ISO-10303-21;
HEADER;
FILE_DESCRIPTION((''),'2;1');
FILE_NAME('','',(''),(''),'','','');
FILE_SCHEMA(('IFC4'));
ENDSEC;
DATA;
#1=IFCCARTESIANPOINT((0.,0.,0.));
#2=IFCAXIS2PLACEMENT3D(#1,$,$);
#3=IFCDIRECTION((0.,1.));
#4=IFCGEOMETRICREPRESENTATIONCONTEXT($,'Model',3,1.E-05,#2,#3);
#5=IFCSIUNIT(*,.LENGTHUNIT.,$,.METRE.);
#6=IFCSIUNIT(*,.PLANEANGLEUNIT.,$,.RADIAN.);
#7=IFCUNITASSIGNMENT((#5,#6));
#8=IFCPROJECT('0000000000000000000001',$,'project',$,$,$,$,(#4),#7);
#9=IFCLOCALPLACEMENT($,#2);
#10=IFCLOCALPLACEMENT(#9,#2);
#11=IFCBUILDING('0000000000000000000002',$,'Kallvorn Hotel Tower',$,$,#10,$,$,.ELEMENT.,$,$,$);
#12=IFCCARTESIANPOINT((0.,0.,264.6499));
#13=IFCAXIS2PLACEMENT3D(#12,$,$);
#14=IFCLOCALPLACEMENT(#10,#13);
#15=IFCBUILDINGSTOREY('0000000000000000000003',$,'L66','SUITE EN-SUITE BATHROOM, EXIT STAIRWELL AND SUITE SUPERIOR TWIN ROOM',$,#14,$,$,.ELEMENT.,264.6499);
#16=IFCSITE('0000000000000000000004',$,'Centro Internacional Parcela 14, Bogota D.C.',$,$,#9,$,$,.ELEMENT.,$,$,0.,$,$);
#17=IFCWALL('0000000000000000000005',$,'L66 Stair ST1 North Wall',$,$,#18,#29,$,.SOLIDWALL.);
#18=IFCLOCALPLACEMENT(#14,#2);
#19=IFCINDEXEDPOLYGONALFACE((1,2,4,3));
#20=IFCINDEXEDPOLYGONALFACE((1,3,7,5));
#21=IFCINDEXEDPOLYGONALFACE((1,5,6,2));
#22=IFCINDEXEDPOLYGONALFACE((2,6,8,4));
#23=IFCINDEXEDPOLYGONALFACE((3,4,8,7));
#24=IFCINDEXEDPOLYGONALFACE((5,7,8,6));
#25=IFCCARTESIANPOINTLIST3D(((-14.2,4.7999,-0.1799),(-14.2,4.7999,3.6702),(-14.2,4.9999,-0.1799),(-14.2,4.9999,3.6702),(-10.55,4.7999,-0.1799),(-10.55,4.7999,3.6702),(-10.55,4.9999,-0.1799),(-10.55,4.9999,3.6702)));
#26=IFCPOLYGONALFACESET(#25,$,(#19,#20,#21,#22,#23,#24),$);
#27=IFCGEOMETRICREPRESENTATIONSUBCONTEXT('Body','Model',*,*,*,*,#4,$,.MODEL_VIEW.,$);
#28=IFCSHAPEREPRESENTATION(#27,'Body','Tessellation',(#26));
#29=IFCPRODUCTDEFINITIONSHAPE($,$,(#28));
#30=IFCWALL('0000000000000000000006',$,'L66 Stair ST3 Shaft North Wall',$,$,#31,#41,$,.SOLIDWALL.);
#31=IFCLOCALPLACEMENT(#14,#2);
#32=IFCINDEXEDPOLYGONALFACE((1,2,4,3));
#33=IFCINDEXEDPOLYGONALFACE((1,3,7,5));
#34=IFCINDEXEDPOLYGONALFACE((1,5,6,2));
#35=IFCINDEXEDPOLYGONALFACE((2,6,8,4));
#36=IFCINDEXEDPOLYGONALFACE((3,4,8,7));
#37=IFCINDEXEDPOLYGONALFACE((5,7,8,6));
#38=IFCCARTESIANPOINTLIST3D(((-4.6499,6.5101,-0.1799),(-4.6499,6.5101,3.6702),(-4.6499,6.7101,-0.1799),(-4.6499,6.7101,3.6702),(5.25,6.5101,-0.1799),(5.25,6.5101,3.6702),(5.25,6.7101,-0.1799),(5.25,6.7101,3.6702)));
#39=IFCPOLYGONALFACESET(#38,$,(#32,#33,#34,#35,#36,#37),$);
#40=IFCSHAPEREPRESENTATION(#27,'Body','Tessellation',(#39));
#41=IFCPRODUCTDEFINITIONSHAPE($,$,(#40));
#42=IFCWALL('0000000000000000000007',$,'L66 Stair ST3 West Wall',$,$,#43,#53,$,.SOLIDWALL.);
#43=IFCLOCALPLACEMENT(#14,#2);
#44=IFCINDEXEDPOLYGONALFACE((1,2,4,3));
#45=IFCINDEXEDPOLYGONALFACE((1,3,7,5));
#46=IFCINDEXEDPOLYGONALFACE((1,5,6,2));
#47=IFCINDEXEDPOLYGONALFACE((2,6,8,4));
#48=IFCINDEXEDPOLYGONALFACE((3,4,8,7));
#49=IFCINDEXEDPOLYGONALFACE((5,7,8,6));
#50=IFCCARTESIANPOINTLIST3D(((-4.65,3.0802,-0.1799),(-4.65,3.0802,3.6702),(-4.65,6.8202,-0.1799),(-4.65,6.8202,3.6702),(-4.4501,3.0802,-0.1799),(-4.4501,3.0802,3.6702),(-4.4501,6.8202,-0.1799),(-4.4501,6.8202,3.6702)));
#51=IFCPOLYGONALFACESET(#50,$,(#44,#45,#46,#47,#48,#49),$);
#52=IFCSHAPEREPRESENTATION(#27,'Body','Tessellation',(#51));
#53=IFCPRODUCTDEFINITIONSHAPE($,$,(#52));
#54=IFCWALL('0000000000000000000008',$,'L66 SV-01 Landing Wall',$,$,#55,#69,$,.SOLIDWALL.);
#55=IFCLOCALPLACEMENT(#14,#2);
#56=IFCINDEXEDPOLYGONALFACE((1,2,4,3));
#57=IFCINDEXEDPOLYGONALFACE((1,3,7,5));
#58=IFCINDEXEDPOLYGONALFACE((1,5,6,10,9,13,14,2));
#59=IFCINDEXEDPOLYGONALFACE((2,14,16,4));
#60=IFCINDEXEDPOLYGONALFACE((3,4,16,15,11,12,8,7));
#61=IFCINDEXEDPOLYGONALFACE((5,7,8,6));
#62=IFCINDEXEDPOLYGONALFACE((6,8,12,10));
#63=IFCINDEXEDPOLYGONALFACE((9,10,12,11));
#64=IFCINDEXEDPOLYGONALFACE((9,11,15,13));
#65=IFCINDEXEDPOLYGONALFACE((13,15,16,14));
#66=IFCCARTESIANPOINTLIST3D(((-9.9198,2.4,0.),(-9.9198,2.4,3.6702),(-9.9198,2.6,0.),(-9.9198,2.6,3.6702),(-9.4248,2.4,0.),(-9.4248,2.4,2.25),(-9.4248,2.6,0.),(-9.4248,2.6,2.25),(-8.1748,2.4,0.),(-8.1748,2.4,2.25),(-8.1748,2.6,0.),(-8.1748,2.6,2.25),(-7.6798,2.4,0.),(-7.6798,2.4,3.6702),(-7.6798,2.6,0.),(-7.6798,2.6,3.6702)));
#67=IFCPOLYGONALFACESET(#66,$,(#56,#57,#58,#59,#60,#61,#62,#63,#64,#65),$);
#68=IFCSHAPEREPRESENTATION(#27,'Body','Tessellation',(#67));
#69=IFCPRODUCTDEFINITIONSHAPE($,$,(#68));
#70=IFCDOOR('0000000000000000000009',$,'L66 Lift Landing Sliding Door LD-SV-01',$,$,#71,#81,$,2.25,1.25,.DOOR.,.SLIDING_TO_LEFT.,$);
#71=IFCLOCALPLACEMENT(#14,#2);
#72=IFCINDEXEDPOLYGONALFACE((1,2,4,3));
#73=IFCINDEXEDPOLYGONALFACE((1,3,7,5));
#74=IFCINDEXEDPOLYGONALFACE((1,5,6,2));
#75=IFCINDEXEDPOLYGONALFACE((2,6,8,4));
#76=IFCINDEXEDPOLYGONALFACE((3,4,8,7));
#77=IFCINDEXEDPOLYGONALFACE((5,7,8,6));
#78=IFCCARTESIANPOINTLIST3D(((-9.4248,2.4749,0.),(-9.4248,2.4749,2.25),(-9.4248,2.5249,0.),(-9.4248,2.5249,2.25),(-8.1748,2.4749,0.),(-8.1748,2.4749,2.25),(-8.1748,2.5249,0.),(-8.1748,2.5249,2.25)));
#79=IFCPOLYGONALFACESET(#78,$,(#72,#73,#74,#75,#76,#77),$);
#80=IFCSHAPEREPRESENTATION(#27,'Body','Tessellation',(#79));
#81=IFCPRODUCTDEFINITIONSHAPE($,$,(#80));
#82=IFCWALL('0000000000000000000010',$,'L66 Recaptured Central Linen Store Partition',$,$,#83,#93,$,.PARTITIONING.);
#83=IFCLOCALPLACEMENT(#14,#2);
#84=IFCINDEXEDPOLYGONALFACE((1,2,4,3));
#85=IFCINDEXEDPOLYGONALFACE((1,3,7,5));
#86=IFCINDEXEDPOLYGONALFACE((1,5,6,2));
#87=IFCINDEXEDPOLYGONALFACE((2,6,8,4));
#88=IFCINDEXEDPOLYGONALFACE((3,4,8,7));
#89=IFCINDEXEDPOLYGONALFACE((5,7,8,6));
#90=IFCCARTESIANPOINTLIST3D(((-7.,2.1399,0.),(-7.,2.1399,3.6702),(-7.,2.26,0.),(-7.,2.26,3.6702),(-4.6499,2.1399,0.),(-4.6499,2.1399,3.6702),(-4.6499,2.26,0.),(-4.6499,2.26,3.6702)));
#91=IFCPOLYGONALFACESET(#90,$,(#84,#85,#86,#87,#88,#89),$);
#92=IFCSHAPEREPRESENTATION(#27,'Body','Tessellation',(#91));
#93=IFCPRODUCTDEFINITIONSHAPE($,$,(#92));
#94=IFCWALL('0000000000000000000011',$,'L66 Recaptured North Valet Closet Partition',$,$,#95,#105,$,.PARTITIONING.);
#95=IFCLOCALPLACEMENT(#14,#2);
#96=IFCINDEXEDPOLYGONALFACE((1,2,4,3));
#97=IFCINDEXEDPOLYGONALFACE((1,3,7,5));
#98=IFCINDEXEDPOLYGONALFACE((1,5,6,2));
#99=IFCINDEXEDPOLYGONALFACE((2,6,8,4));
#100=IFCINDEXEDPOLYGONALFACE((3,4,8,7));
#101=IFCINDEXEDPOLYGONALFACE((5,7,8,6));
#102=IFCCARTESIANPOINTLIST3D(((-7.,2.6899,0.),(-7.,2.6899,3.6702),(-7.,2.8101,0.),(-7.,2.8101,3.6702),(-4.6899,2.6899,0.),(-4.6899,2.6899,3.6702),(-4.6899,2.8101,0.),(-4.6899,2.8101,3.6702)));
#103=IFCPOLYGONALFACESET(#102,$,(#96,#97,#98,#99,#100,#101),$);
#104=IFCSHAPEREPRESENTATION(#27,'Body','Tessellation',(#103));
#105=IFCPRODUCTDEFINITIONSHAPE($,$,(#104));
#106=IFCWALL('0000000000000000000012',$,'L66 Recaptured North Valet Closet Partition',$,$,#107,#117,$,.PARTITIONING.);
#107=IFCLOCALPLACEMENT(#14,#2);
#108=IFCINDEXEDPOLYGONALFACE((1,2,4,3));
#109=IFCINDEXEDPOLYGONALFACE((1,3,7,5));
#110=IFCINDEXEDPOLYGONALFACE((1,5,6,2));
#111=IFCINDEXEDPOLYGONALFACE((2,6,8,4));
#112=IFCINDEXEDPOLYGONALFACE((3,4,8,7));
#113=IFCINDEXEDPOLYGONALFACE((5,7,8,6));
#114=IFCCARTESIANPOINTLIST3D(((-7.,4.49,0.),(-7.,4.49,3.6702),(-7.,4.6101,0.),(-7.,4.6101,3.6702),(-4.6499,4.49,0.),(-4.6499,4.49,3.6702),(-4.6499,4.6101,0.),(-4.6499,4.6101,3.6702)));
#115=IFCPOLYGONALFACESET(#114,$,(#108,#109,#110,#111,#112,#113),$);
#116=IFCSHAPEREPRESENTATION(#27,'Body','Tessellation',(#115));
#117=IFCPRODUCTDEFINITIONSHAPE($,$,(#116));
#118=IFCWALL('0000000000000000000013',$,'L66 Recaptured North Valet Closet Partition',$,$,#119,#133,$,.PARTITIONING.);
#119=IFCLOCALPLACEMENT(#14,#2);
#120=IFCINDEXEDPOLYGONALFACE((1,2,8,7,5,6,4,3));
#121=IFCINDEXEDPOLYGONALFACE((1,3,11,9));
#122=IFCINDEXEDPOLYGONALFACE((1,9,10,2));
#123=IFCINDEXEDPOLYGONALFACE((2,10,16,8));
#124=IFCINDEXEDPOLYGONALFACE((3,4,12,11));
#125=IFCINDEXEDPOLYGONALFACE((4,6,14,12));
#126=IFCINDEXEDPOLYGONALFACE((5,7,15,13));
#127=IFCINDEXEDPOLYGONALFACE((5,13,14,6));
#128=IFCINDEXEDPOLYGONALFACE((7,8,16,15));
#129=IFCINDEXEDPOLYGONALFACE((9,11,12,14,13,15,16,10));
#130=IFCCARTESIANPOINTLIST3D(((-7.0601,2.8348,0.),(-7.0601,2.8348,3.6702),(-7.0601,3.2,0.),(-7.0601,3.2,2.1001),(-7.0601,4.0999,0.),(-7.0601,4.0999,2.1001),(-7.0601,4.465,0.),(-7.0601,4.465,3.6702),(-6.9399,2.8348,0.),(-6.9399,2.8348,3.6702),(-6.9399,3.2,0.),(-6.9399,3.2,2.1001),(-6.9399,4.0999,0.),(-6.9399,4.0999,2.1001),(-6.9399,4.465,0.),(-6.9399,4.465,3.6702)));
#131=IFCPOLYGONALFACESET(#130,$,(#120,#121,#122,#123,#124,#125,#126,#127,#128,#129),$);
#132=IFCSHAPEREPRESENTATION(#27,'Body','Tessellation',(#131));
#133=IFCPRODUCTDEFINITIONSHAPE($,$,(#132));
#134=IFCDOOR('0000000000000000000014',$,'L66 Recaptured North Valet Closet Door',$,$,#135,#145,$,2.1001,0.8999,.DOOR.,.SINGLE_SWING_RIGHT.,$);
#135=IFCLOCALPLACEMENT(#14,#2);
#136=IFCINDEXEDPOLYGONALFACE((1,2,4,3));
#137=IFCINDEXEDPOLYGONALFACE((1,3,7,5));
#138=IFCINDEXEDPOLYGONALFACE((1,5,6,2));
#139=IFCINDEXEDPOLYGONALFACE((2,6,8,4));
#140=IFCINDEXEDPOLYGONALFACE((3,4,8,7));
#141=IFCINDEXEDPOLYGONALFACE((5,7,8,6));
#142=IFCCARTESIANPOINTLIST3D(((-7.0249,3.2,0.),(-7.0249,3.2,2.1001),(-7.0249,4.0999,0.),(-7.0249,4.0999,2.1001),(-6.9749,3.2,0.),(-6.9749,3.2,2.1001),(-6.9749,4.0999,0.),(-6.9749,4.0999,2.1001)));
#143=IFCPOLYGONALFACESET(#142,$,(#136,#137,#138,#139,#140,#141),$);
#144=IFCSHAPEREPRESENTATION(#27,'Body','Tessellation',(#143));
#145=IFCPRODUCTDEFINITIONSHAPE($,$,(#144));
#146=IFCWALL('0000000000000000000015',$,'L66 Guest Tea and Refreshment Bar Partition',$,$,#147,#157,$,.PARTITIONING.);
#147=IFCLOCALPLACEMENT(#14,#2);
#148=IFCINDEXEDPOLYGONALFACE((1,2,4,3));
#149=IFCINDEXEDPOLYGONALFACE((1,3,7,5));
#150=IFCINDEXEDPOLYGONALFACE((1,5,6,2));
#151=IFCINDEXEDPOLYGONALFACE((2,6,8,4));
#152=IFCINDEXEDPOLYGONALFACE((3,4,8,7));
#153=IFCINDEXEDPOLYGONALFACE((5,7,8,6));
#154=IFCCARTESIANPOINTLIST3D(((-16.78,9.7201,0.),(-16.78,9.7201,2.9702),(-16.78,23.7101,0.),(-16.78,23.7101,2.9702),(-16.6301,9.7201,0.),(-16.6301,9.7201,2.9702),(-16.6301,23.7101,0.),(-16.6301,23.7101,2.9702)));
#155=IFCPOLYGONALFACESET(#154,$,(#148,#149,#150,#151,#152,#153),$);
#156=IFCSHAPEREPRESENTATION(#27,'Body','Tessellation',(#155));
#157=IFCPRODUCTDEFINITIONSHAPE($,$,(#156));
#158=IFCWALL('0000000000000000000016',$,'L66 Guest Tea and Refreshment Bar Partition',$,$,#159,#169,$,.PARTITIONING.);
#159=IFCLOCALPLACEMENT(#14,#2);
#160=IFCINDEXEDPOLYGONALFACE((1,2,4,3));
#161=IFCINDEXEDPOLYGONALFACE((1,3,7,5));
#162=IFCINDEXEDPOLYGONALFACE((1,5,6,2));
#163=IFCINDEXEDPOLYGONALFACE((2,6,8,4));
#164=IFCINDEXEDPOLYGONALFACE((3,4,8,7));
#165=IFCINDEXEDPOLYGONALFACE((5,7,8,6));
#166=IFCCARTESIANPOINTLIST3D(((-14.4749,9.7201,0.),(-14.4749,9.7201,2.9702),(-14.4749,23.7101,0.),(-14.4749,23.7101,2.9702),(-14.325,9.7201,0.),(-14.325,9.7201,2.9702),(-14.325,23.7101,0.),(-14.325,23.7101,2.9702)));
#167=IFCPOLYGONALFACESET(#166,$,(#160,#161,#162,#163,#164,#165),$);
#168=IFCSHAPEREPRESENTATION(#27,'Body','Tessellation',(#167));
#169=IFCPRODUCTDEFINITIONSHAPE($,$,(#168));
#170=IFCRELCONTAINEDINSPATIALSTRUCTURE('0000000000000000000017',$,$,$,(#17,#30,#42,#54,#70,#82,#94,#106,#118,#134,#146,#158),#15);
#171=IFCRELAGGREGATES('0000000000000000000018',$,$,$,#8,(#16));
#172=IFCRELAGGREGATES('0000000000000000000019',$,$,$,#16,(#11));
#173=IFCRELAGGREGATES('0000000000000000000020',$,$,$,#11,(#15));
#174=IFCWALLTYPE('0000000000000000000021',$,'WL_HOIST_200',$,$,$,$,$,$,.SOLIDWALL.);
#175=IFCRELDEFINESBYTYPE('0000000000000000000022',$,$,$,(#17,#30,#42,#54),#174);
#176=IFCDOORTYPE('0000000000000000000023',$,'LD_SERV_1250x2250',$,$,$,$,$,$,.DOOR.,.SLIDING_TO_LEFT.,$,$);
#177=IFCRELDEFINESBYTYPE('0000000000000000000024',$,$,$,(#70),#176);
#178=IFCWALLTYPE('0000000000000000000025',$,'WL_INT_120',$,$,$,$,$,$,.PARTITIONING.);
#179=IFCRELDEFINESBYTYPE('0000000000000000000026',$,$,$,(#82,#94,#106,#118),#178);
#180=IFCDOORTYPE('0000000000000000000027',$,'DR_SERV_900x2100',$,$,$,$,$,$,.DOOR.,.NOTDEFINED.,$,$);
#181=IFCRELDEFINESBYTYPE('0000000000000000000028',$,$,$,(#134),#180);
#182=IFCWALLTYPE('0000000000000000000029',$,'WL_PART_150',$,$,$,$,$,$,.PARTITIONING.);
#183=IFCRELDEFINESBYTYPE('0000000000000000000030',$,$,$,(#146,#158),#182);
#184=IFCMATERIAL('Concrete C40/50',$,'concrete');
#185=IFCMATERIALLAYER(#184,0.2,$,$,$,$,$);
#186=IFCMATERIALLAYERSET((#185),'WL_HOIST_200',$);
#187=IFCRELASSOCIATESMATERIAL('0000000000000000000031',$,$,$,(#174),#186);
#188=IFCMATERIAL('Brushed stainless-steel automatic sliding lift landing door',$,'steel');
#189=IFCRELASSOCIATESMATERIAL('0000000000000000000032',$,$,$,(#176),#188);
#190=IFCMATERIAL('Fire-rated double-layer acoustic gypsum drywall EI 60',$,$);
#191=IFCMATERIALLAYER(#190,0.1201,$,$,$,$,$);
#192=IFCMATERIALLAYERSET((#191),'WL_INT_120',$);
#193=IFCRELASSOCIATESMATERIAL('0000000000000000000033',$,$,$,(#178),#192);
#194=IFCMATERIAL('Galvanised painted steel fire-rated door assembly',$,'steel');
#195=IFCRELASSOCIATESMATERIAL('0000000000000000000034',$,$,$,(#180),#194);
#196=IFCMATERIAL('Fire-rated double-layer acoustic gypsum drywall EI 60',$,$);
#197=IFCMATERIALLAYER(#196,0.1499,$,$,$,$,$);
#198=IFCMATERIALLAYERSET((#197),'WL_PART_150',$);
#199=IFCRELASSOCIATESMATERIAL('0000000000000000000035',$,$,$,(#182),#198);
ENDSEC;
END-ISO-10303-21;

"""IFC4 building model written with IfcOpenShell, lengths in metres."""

from ifc_helpers import new_model, si_unit, direction, frame, frame_2d, origin, place, context, subcontext, project, spatial, rectangle, extrude, material, layer, layer_set, type_object, element, fill, save


model = new_model("IFC4")

# Units and contexts
model_context = context("Model", 3, precision=1e-05, world=origin(), true_north=direction((0.0, 1.0)))
body_context = subcontext(model_context, "Body", "Model", "MODEL_VIEW")
ifc_project = project(units=[si_unit("LENGTHUNIT", "METRE"), si_unit("PLANEANGLEUNIT", "RADIAN")], contexts=[model_context])

# Site, building, storey
site_placement = place(None, origin())
site = spatial("IfcSite", under=ifc_project, at=site_placement, Name="Centro Internacional Parcela 14, Bogota D.C.", CompositionType="ELEMENT", RefElevation=0.0)
building_placement = place(site_placement, origin())
building = spatial("IfcBuilding", under=site, at=building_placement, Name="Kallvorn Hotel Tower", CompositionType="ELEMENT")
storey_placement = place(building_placement, frame((0.0, 0.0, 264.6499)))
storey = spatial("IfcBuildingStorey", under=building, at=storey_placement, Name="L66", Description="SUITE EN-SUITE BATHROOM, EXIT STAIRWELL AND SUITE SUPERIOR TWIN ROOM", CompositionType="ELEMENT", Elevation=264.6499)

# Walls
ifc_material_1 = material(Name="Concrete C40/50", Category="concrete")
ifc_layer_1 = layer(ifc_material_1, 0.2)
ifc_layer_set_1 = layer_set([ifc_layer_1], Name="WL_HOIST_200")
wall_type_1 = type_object("IfcWallType", Name="WL_HOIST_200", PredefinedType="SOLIDWALL", material=ifc_layer_set_1)
wall_1_placement = place(storey_placement, frame((-14.2, 4.8999, -0.1799), z_axis=(0.0, 0.0, 1.0), x_axis=(1.0, 0.0, 0.0)))
element("IfcWall", 1, at=wall_1_placement, inside=storey, type_object=wall_type_1, Name="L66 Stair ST1 North Wall", PredefinedType="SOLIDWALL", context=body_context, shape_type="SweptSolid", body=[
    extrude(rectangle(XDim=3.6499, YDim=0.2, at=frame_2d((1.825, 0.0))), origin(), (0.0, 0.0, 1.0), 3.8501),
])
wall_2_placement = place(storey_placement, frame((-4.6499, 6.6101, -0.1799), z_axis=(0.0, 0.0, 1.0), x_axis=(1.0, 0.0, 0.0)))
element("IfcWall", 2, at=wall_2_placement, inside=storey, type_object=wall_type_1, Name="L66 Stair ST3 Shaft North Wall", PredefinedType="SOLIDWALL", context=body_context, shape_type="SweptSolid", body=[
    extrude(rectangle(XDim=9.8999, YDim=0.2, at=frame_2d((4.95, 0.0))), origin(), (0.0, 0.0, 1.0), 3.8501),
])
wall_3_placement = place(storey_placement, frame((-4.55, 3.0801, -0.1799), z_axis=(0.0, 0.0, 1.0), x_axis=(0.0, 1.0, 0.0)))
element("IfcWall", 3, at=wall_3_placement, inside=storey, type_object=wall_type_1, Name="L66 Stair ST3 West Wall", PredefinedType="SOLIDWALL", context=body_context, shape_type="SweptSolid", body=[
    extrude(rectangle(XDim=3.74, YDim=0.2, at=frame_2d((1.8701, 0.0))), origin(), (0.0, 0.0, 1.0), 3.8501),
])

# Wall, opening, door
wall_4_placement = place(storey_placement, frame((-9.9199, 2.5, 0.0), z_axis=(0.0, 0.0, 1.0), x_axis=(1.0, 0.0, 0.0)))
wall_4 = element("IfcWall", 4, at=wall_4_placement, inside=storey, type_object=wall_type_1, Name="L66 SV-01 Landing Wall", PredefinedType="SOLIDWALL", context=body_context, shape_type="SweptSolid", body=[
    extrude(rectangle(XDim=2.24, YDim=0.2, at=frame_2d((1.1201, 0.0))), origin(), (0.0, 0.0, 1.0), 3.6702),
])
opening_1_placement = place(wall_4_placement, frame((0.4951, 0.0, 0.0)))
opening_1 = element("IfcOpeningElement", 5, at=opening_1_placement, cuts=wall_4, PredefinedType="OPENING", context=body_context, shape_type="SweptSolid", body=[
    extrude(rectangle(XDim=1.25, YDim=2.25, at=frame_2d((0.625, 1.125))), frame((0.0, 0.115, 0.0), z_axis=(0.0, -1.0, 0.0), x_axis=(1.0, 0.0, 0.0)), (0.0, 0.0, 1.0), 0.23),
])
ifc_material_2 = material(Name="Brushed stainless-steel automatic sliding lift landing door", Category="steel")
door_type_1 = type_object("IfcDoorType", Name="LD_SERV_1250x2250", OperationType="SLIDING_TO_LEFT", PredefinedType="DOOR", material=ifc_material_2)
door_1_placement = place(opening_1_placement, origin())
door_1 = element("IfcDoor", 6, at=door_1_placement, inside=storey, type_object=door_type_1, Name="L66 Lift Landing Sliding Door LD-SV-01", OperationType="SLIDING_TO_LEFT", OverallHeight=2.25, OverallWidth=1.25, PredefinedType="DOOR", context=body_context, shape_type="SweptSolid", body=[
    extrude(rectangle(XDim=1.25, YDim=2.25, at=frame_2d((0.625, 1.125))), frame((0.0, 0.0249, 0.0), z_axis=(0.0, -1.0, 0.0), x_axis=(1.0, 0.0, 0.0)), (0.0, 0.0, 1.0), 0.05),
])
fill(opening_1, door_1)

# Walls
ifc_material_3 = material(Name="Fire-rated double-layer acoustic gypsum drywall EI 60")
ifc_layer_2 = layer(ifc_material_3, 0.1201)
ifc_layer_set_2 = layer_set([ifc_layer_2], Name="WL_INT_120")
wall_type_2 = type_object("IfcWallType", Name="WL_INT_120", PredefinedType="PARTITIONING", material=ifc_layer_set_2)
wall_5_placement = place(storey_placement, frame((-7.0, 2.2, 0.0), z_axis=(0.0, 0.0, 1.0), x_axis=(1.0, 0.0, 0.0)))
element("IfcWall", 7, at=wall_5_placement, inside=storey, type_object=wall_type_2, Name="L66 Recaptured Central Linen Store Partition", PredefinedType="PARTITIONING", context=body_context, shape_type="SweptSolid", body=[
    extrude(rectangle(XDim=2.3501, YDim=0.1201, at=frame_2d((1.175, 0.0))), origin(), (0.0, 0.0, 1.0), 3.6702),
])
wall_6_placement = place(storey_placement, frame((-7.0, 2.75, 0.0), z_axis=(0.0, 0.0, 1.0), x_axis=(1.0, 0.0, 0.0)))
element("IfcWall", 8, at=wall_6_placement, inside=storey, type_object=wall_type_2, Name="L66 Recaptured North Valet Closet Partition", PredefinedType="PARTITIONING", context=body_context, shape_type="SweptSolid", body=[
    extrude(rectangle(XDim=2.3101, YDim=0.1201, at=frame_2d((1.155, 0.0))), origin(), (0.0, 0.0, 1.0), 3.6702),
])
wall_7_placement = place(storey_placement, frame((-7.0, 4.55, 0.0), z_axis=(0.0, 0.0, 1.0), x_axis=(1.0, 0.0, 0.0)))
element("IfcWall", 9, at=wall_7_placement, inside=storey, type_object=wall_type_2, Name="L66 Recaptured North Valet Closet Partition", PredefinedType="PARTITIONING", context=body_context, shape_type="SweptSolid", body=[
    extrude(rectangle(XDim=2.3501, YDim=0.1201, at=frame_2d((1.175, 0.0))), origin(), (0.0, 0.0, 1.0), 3.6702),
])

# Wall, opening, door
wall_8_placement = place(storey_placement, frame((-7.0, 2.835, 0.0), z_axis=(0.0, 0.0, 1.0), x_axis=(0.0, 1.0, 0.0)))
wall_8 = element("IfcWall", 10, at=wall_8_placement, inside=storey, type_object=wall_type_2, Name="L66 Recaptured North Valet Closet Partition", PredefinedType="PARTITIONING", context=body_context, shape_type="SweptSolid", body=[
    extrude(rectangle(XDim=1.6301, YDim=0.1201, at=frame_2d((0.8149, 0.0))), origin(), (0.0, 0.0, 1.0), 3.6702),
])
opening_2_placement = place(wall_8_placement, frame((0.365, 0.0, 0.0)))
opening_2 = element("IfcOpeningElement", 11, at=opening_2_placement, cuts=wall_8, PredefinedType="OPENING", context=body_context, shape_type="SweptSolid", body=[
    extrude(rectangle(XDim=0.8999, YDim=2.1001, at=frame_2d((0.45, 1.05))), frame((0.0, 0.075, 0.0), z_axis=(0.0, -1.0, 0.0), x_axis=(1.0, 0.0, 0.0)), (0.0, 0.0, 1.0), 0.1501),
])
ifc_material_4 = material(Name="Galvanised painted steel fire-rated door assembly", Category="steel")
door_type_2 = type_object("IfcDoorType", Name="DR_SERV_900x2100", OperationType="NOTDEFINED", PredefinedType="DOOR", material=ifc_material_4)
door_2_placement = place(opening_2_placement, origin())
door_2 = element("IfcDoor", 12, at=door_2_placement, inside=storey, type_object=door_type_2, Name="L66 Recaptured North Valet Closet Door", OperationType="SINGLE_SWING_RIGHT", OverallHeight=2.1001, OverallWidth=0.8999, PredefinedType="DOOR", context=body_context, shape_type="SweptSolid", body=[
    extrude(rectangle(XDim=0.8999, YDim=2.1001, at=frame_2d((0.45, 1.05))), frame((0.0, 0.0249, 0.0), z_axis=(0.0, -1.0, 0.0), x_axis=(1.0, 0.0, 0.0)), (0.0, 0.0, 1.0), 0.05),
])
fill(opening_2, door_2)

# Walls
ifc_material_5 = material(Name="Fire-rated double-layer acoustic gypsum drywall EI 60")
ifc_layer_3 = layer(ifc_material_5, 0.1499)
ifc_layer_set_3 = layer_set([ifc_layer_3], Name="WL_PART_150")
wall_type_3 = type_object("IfcWallType", Name="WL_PART_150", PredefinedType="PARTITIONING", material=ifc_layer_set_3)
for number, where, z_axis, x_axis, name in (
    (13, (-16.7051, 9.72, 0.0), (0.0, 0.0, 1.0), (0.0, 1.0, 0.0), "L66 Guest Tea and Refreshment Bar Partition"),
    (14, (-14.3999, 9.72, 0.0), (0.0, 0.0, 1.0), (0.0, 1.0, 0.0), "L66 Guest Tea and Refreshment Bar Partition"),
):
    element("IfcWall", number, at=place(storey_placement, frame(where, z_axis=z_axis, x_axis=x_axis)), inside=storey, type_object=wall_type_3, Name=name, PredefinedType="PARTITIONING", context=body_context, shape_type="SweptSolid", body=[
        extrude(rectangle(XDim=13.99, YDim=0.1499, at=frame_2d((6.9951, 0.0))), origin(), (0.0, 0.0, 1.0), 2.9702),
    ])

save(model, "model.ifc")
